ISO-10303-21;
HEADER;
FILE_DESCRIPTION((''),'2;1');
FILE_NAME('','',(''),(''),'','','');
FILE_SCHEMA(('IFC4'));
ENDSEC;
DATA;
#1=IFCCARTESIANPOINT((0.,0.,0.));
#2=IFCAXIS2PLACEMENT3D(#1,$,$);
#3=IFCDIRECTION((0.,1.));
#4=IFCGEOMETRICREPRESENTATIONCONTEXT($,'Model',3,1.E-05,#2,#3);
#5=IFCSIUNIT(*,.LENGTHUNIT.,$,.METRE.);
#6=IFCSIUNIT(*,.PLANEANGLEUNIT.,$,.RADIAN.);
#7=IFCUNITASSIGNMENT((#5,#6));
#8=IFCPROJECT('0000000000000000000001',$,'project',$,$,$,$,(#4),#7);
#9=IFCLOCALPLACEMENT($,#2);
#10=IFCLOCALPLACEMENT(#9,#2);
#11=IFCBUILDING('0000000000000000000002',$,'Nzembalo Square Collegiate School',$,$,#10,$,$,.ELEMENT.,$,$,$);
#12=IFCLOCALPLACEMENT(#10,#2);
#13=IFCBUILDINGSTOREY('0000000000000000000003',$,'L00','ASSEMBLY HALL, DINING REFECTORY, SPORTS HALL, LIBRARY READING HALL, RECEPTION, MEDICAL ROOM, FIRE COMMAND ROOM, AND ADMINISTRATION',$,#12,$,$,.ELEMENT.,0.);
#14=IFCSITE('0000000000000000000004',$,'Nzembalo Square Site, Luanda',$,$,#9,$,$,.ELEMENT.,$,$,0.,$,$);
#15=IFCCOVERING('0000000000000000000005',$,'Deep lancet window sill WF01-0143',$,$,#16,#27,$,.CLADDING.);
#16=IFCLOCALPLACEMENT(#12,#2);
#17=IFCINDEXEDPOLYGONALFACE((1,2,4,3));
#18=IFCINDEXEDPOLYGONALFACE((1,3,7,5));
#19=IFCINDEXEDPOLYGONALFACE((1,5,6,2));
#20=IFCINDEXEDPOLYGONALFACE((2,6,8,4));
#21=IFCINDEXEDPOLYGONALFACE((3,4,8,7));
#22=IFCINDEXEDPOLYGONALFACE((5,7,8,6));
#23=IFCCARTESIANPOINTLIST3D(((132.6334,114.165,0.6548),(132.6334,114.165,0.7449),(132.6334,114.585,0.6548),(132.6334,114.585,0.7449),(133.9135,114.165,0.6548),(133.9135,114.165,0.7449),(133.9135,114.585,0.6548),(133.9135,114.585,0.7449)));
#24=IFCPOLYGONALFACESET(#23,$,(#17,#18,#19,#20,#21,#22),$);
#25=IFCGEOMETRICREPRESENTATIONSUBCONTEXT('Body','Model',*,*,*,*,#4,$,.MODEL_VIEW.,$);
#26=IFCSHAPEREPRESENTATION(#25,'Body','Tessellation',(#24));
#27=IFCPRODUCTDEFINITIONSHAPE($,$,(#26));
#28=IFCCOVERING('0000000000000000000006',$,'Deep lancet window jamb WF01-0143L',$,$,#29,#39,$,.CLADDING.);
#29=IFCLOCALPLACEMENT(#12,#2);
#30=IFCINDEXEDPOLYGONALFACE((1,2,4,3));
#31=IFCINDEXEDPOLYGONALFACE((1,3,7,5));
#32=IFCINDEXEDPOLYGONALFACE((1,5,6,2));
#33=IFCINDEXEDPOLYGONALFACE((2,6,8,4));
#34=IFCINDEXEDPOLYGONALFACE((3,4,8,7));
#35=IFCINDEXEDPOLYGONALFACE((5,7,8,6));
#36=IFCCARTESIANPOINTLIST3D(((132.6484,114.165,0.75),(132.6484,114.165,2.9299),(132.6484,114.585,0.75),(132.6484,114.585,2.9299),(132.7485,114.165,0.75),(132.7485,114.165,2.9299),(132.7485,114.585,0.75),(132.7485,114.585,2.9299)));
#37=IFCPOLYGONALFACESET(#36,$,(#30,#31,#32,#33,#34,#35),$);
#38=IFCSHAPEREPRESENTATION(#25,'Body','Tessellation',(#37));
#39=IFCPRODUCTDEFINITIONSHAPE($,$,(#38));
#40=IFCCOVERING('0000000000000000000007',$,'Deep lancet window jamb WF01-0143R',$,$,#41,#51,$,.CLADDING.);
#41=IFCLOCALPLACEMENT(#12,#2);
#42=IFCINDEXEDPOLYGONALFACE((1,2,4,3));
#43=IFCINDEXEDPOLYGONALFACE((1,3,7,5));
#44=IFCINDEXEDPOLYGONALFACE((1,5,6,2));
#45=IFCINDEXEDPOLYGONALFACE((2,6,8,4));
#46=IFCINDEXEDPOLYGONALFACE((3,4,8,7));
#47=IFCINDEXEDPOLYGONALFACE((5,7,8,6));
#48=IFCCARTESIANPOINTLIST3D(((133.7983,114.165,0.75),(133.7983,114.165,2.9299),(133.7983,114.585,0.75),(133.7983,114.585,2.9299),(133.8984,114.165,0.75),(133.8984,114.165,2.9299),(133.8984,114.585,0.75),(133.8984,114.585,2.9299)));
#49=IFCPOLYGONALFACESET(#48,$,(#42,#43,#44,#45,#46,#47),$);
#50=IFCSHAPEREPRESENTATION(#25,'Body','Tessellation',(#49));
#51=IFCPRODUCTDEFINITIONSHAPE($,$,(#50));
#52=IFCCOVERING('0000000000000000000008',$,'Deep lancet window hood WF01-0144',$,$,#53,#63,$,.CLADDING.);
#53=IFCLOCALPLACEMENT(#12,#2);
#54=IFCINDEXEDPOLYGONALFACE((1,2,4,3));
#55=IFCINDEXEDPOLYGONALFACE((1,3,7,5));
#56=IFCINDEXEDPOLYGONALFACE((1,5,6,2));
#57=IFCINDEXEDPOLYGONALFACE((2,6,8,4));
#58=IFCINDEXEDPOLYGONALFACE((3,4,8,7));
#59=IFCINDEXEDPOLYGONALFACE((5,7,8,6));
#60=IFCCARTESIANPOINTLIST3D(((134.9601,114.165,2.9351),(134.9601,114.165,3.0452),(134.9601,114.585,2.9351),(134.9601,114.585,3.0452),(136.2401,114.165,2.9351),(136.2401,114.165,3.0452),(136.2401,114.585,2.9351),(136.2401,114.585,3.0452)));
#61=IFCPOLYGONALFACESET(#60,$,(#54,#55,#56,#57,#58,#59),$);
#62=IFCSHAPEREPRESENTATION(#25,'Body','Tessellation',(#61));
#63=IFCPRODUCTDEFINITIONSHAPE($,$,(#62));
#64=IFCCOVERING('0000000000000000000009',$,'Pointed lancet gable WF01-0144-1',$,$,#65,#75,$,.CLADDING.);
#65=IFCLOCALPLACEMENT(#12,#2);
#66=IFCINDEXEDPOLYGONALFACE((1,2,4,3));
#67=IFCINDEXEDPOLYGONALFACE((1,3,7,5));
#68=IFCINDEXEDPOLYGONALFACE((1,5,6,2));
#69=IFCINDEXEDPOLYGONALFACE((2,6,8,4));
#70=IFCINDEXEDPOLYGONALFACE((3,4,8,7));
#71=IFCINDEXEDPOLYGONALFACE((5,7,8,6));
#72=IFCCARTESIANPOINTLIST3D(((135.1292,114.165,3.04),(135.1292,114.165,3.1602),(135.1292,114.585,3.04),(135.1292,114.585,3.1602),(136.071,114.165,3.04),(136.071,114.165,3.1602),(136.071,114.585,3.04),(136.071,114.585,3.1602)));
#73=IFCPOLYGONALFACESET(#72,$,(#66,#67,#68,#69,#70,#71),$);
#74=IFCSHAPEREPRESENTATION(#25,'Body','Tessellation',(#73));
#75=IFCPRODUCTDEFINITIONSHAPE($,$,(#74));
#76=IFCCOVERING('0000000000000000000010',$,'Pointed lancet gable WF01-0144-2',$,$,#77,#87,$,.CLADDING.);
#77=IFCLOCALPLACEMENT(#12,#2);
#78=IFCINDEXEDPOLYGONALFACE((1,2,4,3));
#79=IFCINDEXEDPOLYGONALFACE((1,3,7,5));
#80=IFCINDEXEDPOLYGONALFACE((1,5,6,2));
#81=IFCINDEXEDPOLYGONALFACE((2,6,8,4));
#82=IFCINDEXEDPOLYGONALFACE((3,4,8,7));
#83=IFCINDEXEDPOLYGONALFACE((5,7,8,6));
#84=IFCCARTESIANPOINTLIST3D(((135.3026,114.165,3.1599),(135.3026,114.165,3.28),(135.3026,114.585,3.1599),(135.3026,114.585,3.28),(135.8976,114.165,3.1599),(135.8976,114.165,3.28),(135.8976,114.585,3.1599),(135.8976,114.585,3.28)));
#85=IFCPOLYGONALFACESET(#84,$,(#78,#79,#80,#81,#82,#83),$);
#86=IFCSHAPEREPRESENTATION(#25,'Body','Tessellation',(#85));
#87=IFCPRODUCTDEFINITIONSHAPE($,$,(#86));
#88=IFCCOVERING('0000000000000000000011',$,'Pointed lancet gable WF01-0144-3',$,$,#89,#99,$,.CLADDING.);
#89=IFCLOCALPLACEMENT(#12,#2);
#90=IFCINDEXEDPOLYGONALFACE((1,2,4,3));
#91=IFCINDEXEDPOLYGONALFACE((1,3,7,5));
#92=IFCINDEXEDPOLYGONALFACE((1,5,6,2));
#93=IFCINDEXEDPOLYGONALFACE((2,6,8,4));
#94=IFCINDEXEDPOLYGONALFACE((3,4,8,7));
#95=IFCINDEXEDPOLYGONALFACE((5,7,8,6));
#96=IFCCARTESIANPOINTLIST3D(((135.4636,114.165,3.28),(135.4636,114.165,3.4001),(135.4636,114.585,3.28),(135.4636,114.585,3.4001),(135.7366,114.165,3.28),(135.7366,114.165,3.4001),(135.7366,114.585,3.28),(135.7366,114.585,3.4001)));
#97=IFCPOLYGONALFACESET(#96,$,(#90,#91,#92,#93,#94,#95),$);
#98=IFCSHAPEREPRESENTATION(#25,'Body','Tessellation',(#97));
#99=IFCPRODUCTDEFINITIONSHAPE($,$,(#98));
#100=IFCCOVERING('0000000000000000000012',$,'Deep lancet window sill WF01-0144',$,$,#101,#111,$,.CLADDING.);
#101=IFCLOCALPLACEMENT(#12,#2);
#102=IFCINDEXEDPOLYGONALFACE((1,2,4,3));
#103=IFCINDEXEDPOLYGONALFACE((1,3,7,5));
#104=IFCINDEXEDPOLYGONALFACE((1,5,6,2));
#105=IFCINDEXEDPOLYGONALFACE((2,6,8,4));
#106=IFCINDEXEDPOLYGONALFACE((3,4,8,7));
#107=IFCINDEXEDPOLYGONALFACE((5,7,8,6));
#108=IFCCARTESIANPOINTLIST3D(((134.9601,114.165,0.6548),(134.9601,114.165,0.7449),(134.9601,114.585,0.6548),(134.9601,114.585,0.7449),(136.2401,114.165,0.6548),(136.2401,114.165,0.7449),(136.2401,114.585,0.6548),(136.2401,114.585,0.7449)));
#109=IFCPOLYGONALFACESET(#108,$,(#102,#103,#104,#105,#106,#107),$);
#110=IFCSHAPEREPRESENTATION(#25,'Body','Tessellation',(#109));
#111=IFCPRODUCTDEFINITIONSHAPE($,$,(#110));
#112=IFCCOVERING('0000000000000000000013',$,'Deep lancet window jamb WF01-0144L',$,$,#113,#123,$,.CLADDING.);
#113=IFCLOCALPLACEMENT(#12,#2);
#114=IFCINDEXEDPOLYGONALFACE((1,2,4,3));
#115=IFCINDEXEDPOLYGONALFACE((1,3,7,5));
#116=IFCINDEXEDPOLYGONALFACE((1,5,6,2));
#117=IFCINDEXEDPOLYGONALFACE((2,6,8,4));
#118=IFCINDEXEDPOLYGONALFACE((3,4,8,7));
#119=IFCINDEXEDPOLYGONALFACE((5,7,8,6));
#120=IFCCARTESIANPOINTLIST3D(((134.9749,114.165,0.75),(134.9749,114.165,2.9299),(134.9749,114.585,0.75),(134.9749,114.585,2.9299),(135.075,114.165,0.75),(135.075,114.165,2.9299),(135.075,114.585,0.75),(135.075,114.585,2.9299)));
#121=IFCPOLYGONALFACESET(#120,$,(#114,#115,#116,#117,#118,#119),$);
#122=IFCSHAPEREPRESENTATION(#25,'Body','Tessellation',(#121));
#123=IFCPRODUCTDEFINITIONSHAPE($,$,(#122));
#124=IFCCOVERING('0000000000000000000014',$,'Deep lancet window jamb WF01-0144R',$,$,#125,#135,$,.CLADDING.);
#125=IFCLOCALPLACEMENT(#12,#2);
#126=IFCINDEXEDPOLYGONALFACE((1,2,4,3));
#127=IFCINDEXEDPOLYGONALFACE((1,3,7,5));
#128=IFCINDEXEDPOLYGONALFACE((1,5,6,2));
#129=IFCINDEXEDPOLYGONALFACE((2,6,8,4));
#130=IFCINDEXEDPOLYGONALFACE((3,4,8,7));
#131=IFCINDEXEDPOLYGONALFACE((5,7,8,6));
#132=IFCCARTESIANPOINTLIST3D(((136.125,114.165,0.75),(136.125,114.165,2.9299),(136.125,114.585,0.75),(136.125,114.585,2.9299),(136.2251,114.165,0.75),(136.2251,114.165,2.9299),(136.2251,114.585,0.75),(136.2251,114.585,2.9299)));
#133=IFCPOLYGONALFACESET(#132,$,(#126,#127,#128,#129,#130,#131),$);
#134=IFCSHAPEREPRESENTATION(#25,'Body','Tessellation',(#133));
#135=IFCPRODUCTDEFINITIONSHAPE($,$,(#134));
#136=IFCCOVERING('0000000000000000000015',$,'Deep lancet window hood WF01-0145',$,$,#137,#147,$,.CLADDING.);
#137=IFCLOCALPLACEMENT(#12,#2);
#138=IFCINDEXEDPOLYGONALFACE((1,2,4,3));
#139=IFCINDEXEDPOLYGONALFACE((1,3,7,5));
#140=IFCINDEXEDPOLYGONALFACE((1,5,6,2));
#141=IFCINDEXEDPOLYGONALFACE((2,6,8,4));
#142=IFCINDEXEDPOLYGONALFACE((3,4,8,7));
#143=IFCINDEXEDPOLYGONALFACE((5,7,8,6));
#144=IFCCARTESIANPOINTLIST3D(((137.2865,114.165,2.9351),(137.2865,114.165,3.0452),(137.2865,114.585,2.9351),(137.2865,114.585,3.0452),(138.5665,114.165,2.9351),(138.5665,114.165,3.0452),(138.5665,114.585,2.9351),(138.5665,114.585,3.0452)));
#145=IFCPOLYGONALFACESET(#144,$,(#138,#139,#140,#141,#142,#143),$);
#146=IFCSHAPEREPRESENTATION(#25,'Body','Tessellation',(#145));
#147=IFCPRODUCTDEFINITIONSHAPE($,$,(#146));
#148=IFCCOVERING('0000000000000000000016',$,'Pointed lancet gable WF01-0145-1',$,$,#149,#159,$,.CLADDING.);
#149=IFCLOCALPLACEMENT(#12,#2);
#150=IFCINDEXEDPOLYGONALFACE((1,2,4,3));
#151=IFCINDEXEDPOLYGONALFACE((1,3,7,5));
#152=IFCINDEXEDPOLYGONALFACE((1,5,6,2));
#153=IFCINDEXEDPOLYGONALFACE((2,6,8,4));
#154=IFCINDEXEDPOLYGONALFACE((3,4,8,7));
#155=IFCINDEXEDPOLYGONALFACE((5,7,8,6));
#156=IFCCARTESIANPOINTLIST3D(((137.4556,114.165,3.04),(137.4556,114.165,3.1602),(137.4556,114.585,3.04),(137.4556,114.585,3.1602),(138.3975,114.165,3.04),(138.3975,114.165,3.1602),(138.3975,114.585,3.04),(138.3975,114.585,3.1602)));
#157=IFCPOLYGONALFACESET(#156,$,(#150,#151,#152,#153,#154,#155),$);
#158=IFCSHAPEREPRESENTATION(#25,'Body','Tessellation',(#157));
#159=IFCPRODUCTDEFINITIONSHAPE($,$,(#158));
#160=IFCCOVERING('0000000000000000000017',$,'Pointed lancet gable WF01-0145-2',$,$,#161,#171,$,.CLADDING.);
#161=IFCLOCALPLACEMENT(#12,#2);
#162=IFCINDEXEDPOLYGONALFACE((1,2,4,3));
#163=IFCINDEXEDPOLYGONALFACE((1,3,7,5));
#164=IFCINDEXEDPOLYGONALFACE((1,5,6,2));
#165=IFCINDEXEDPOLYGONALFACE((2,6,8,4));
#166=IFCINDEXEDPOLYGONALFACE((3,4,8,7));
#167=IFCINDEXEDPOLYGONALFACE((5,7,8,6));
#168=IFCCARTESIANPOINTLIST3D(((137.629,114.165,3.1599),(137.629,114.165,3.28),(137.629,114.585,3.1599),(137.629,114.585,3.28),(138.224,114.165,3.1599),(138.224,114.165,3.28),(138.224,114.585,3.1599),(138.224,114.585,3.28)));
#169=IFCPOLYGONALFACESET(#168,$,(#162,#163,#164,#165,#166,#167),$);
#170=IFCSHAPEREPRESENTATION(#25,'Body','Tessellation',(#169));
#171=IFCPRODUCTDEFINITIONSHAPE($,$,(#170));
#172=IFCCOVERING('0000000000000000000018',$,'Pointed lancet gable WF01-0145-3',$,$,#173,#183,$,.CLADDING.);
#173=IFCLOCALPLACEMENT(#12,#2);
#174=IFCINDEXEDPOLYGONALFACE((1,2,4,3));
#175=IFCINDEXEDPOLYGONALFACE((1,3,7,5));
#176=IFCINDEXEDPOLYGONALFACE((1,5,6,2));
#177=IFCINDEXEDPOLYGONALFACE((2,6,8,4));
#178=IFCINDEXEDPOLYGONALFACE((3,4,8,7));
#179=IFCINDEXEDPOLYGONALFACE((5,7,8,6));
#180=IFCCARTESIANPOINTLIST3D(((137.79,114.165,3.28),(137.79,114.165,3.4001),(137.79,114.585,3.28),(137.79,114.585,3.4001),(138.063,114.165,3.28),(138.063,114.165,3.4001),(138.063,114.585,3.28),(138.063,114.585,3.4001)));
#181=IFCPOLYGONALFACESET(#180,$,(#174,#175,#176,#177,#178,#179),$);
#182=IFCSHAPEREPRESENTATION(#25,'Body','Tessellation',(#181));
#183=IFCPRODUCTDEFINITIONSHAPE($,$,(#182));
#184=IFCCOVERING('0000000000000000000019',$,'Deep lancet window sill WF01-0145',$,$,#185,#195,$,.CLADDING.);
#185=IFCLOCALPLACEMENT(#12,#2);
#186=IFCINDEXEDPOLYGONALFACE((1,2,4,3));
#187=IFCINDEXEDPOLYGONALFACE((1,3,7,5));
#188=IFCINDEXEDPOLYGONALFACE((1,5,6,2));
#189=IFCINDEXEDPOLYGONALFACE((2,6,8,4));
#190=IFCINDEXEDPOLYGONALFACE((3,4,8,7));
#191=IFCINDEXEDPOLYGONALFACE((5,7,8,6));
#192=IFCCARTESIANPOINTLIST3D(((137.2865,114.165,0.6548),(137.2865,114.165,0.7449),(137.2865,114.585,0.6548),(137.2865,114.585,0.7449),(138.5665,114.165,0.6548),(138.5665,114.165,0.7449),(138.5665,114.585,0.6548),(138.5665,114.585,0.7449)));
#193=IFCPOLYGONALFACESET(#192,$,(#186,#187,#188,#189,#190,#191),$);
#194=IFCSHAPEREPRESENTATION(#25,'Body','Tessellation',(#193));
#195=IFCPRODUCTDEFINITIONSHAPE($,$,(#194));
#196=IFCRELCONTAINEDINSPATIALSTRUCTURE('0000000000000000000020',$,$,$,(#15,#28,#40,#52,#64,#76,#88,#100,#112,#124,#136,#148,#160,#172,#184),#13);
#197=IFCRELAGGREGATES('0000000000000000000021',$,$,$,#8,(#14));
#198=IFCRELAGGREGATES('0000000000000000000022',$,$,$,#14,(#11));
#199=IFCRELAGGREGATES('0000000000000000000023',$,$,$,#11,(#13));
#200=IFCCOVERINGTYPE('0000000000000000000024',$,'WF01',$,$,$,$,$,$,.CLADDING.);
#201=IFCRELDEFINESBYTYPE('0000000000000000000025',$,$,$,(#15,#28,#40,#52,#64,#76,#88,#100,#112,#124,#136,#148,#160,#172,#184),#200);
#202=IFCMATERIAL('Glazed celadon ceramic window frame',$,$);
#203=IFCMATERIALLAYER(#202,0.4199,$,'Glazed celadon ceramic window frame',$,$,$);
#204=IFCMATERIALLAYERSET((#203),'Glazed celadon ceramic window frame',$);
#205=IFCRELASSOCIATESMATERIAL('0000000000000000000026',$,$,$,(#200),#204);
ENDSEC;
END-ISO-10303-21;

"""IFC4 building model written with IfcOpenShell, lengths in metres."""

from ifc_helpers import new_model, si_unit, direction, frame, origin, origin_2d, place, context, subcontext, project, spatial, rectangle, extrude, material, layer, layer_set, type_object, element, save


model = new_model("IFC4")

# Units and contexts
model_context = context("Model", 3, precision=1e-05, world=origin(), true_north=direction((0.0, 1.0)))
body_context = subcontext(model_context, "Body", "Model", "MODEL_VIEW")
ifc_project = project(units=[si_unit("LENGTHUNIT", "METRE"), si_unit("PLANEANGLEUNIT", "RADIAN")], contexts=[model_context])

# Site, building, storey
site_placement = place(None, origin())
site = spatial("IfcSite", under=ifc_project, at=site_placement, Name="Nzembalo Square Site, Luanda", CompositionType="ELEMENT", RefElevation=0.0)
building_placement = place(site_placement, origin())
building = spatial("IfcBuilding", under=site, at=building_placement, Name="Nzembalo Square Collegiate School", CompositionType="ELEMENT")
storey_placement = place(building_placement, origin())
storey = spatial("IfcBuildingStorey", under=building, at=storey_placement, Name="L00", Description="ASSEMBLY HALL, DINING REFECTORY, SPORTS HALL, LIBRARY READING HALL, RECEPTION, MEDICAL ROOM, FIRE COMMAND ROOM, AND ADMINISTRATION", CompositionType="ELEMENT", Elevation=0.0)

# Coverings
ifc_material_1 = material(Name="Glazed celadon ceramic window frame")
ifc_layer_1 = layer(ifc_material_1, 0.4199, Name="Glazed celadon ceramic window frame")
ifc_layer_set_1 = layer_set([ifc_layer_1], Name="Glazed celadon ceramic window frame")
covering_type = type_object("IfcCoveringType", Name="WF01", PredefinedType="CLADDING", material=ifc_layer_set_1)
covering_1_placement = place(storey_placement, frame((133.2734, 114.375, 0.6548), z_axis=(0.0, 0.0, 1.0), x_axis=(1.0, 0.0, 0.0)))
element("IfcCovering", 1, at=covering_1_placement, inside=storey, type_object=covering_type, Name="Deep lancet window sill WF01-0143", PredefinedType="CLADDING", context=body_context, shape_type="SweptSolid", body=[
    extrude(rectangle(XDim=1.28, YDim=0.4199, at=origin_2d()), origin(), (0.0, 0.0, 1.0), 0.0901),
])
for number, where, z_axis, x_axis, name in (
    (2, (132.6985, 114.375, 0.75), (0.0, 0.0, 1.0), (1.0, 0.0, 0.0), "Deep lancet window jamb WF01-0143L"),
    (3, (133.8484, 114.375, 0.75), (0.0, 0.0, 1.0), (1.0, 0.0, 0.0), "Deep lancet window jamb WF01-0143R"),
):
    element("IfcCovering", number, at=place(storey_placement, frame(where, z_axis=z_axis, x_axis=x_axis)), inside=storey, type_object=covering_type, Name=name, PredefinedType="CLADDING", context=body_context, shape_type="SweptSolid", body=[
        extrude(rectangle(XDim=0.1001, YDim=0.4199, at=origin_2d()), origin(), (0.0, 0.0, 1.0), 2.1799),
    ])
covering_2_placement = place(storey_placement, frame((135.6001, 114.375, 2.9351), z_axis=(0.0, 0.0, 1.0), x_axis=(1.0, 0.0, 0.0)))
element("IfcCovering", 4, at=covering_2_placement, inside=storey, type_object=covering_type, Name="Deep lancet window hood WF01-0144", PredefinedType="CLADDING", context=body_context, shape_type="SweptSolid", body=[
    extrude(rectangle(XDim=1.28, YDim=0.4199, at=origin_2d()), origin(), (0.0, 0.0, 1.0), 0.1101),
])
covering_3_placement = place(storey_placement, frame((135.6001, 114.375, 3.04), z_axis=(0.0, 0.0, 1.0), x_axis=(1.0, 0.0, 0.0)))
element("IfcCovering", 5, at=covering_3_placement, inside=storey, type_object=covering_type, Name="Pointed lancet gable WF01-0144-1", PredefinedType="CLADDING", context=body_context, shape_type="SweptSolid", body=[
    extrude(rectangle(XDim=0.9419, YDim=0.4199, at=origin_2d()), origin(), (0.0, 0.0, 1.0), 0.1201),
])
covering_4_placement = place(storey_placement, frame((135.6001, 114.375, 3.1599), z_axis=(0.0, 0.0, 1.0), x_axis=(1.0, 0.0, 0.0)))
element("IfcCovering", 6, at=covering_4_placement, inside=storey, type_object=covering_type, Name="Pointed lancet gable WF01-0144-2", PredefinedType="CLADDING", context=body_context, shape_type="SweptSolid", body=[
    extrude(rectangle(XDim=0.595, YDim=0.4199, at=origin_2d()), origin(), (0.0, 0.0, 1.0), 0.1201),
])
covering_5_placement = place(storey_placement, frame((135.6001, 114.375, 3.28), z_axis=(0.0, 0.0, 1.0), x_axis=(1.0, 0.0, 0.0)))
element("IfcCovering", 7, at=covering_5_placement, inside=storey, type_object=covering_type, Name="Pointed lancet gable WF01-0144-3", PredefinedType="CLADDING", context=body_context, shape_type="SweptSolid", body=[
    extrude(rectangle(XDim=0.2729, YDim=0.4199, at=origin_2d()), origin(), (0.0, 0.0, 1.0), 0.1201),
])
covering_6_placement = place(storey_placement, frame((135.6001, 114.375, 0.6548), z_axis=(0.0, 0.0, 1.0), x_axis=(1.0, 0.0, 0.0)))
element("IfcCovering", 8, at=covering_6_placement, inside=storey, type_object=covering_type, Name="Deep lancet window sill WF01-0144", PredefinedType="CLADDING", context=body_context, shape_type="SweptSolid", body=[
    extrude(rectangle(XDim=1.28, YDim=0.4199, at=origin_2d()), origin(), (0.0, 0.0, 1.0), 0.0901),
])
for number, where, z_axis, x_axis, name in (
    (9, (135.0249, 114.375, 0.75), (0.0, 0.0, 1.0), (1.0, 0.0, 0.0), "Deep lancet window jamb WF01-0144L"),
    (10, (136.175, 114.375, 0.75), (0.0, 0.0, 1.0), (1.0, 0.0, 0.0), "Deep lancet window jamb WF01-0144R"),
):
    element("IfcCovering", number, at=place(storey_placement, frame(where, z_axis=z_axis, x_axis=x_axis)), inside=storey, type_object=covering_type, Name=name, PredefinedType="CLADDING", context=body_context, shape_type="SweptSolid", body=[
        extrude(rectangle(XDim=0.1001, YDim=0.4199, at=origin_2d()), origin(), (0.0, 0.0, 1.0), 2.1799),
    ])
covering_7_placement = place(storey_placement, frame((137.9265, 114.375, 2.9351), z_axis=(0.0, 0.0, 1.0), x_axis=(1.0, 0.0, 0.0)))
element("IfcCovering", 11, at=covering_7_placement, inside=storey, type_object=covering_type, Name="Deep lancet window hood WF01-0145", PredefinedType="CLADDING", context=body_context, shape_type="SweptSolid", body=[
    extrude(rectangle(XDim=1.28, YDim=0.4199, at=origin_2d()), origin(), (0.0, 0.0, 1.0), 0.1101),
])
covering_8_placement = place(storey_placement, frame((137.9265, 114.375, 3.04), z_axis=(0.0, 0.0, 1.0), x_axis=(1.0, 0.0, 0.0)))
element("IfcCovering", 12, at=covering_8_placement, inside=storey, type_object=covering_type, Name="Pointed lancet gable WF01-0145-1", PredefinedType="CLADDING", context=body_context, shape_type="SweptSolid", body=[
    extrude(rectangle(XDim=0.9419, YDim=0.4199, at=origin_2d()), origin(), (0.0, 0.0, 1.0), 0.1201),
])
covering_9_placement = place(storey_placement, frame((137.9265, 114.375, 3.1599), z_axis=(0.0, 0.0, 1.0), x_axis=(1.0, 0.0, 0.0)))
element("IfcCovering", 13, at=covering_9_placement, inside=storey, type_object=covering_type, Name="Pointed lancet gable WF01-0145-2", PredefinedType="CLADDING", context=body_context, shape_type="SweptSolid", body=[
    extrude(rectangle(XDim=0.595, YDim=0.4199, at=origin_2d()), origin(), (0.0, 0.0, 1.0), 0.1201),
])
covering_10_placement = place(storey_placement, frame((137.9265, 114.375, 3.28), z_axis=(0.0, 0.0, 1.0), x_axis=(1.0, 0.0, 0.0)))
element("IfcCovering", 14, at=covering_10_placement, inside=storey, type_object=covering_type, Name="Pointed lancet gable WF01-0145-3", PredefinedType="CLADDING", context=body_context, shape_type="SweptSolid", body=[
    extrude(rectangle(XDim=0.2729, YDim=0.4199, at=origin_2d()), origin(), (0.0, 0.0, 1.0), 0.1201),
])
covering_11_placement = place(storey_placement, frame((137.9265, 114.375, 0.6548), z_axis=(0.0, 0.0, 1.0), x_axis=(1.0, 0.0, 0.0)))
element("IfcCovering", 15, at=covering_11_placement, inside=storey, type_object=covering_type, Name="Deep lancet window sill WF01-0145", PredefinedType="CLADDING", context=body_context, shape_type="SweptSolid", body=[
    extrude(rectangle(XDim=1.28, YDim=0.4199, at=origin_2d()), origin(), (0.0, 0.0, 1.0), 0.0901),
])

save(model, "model.ifc")
